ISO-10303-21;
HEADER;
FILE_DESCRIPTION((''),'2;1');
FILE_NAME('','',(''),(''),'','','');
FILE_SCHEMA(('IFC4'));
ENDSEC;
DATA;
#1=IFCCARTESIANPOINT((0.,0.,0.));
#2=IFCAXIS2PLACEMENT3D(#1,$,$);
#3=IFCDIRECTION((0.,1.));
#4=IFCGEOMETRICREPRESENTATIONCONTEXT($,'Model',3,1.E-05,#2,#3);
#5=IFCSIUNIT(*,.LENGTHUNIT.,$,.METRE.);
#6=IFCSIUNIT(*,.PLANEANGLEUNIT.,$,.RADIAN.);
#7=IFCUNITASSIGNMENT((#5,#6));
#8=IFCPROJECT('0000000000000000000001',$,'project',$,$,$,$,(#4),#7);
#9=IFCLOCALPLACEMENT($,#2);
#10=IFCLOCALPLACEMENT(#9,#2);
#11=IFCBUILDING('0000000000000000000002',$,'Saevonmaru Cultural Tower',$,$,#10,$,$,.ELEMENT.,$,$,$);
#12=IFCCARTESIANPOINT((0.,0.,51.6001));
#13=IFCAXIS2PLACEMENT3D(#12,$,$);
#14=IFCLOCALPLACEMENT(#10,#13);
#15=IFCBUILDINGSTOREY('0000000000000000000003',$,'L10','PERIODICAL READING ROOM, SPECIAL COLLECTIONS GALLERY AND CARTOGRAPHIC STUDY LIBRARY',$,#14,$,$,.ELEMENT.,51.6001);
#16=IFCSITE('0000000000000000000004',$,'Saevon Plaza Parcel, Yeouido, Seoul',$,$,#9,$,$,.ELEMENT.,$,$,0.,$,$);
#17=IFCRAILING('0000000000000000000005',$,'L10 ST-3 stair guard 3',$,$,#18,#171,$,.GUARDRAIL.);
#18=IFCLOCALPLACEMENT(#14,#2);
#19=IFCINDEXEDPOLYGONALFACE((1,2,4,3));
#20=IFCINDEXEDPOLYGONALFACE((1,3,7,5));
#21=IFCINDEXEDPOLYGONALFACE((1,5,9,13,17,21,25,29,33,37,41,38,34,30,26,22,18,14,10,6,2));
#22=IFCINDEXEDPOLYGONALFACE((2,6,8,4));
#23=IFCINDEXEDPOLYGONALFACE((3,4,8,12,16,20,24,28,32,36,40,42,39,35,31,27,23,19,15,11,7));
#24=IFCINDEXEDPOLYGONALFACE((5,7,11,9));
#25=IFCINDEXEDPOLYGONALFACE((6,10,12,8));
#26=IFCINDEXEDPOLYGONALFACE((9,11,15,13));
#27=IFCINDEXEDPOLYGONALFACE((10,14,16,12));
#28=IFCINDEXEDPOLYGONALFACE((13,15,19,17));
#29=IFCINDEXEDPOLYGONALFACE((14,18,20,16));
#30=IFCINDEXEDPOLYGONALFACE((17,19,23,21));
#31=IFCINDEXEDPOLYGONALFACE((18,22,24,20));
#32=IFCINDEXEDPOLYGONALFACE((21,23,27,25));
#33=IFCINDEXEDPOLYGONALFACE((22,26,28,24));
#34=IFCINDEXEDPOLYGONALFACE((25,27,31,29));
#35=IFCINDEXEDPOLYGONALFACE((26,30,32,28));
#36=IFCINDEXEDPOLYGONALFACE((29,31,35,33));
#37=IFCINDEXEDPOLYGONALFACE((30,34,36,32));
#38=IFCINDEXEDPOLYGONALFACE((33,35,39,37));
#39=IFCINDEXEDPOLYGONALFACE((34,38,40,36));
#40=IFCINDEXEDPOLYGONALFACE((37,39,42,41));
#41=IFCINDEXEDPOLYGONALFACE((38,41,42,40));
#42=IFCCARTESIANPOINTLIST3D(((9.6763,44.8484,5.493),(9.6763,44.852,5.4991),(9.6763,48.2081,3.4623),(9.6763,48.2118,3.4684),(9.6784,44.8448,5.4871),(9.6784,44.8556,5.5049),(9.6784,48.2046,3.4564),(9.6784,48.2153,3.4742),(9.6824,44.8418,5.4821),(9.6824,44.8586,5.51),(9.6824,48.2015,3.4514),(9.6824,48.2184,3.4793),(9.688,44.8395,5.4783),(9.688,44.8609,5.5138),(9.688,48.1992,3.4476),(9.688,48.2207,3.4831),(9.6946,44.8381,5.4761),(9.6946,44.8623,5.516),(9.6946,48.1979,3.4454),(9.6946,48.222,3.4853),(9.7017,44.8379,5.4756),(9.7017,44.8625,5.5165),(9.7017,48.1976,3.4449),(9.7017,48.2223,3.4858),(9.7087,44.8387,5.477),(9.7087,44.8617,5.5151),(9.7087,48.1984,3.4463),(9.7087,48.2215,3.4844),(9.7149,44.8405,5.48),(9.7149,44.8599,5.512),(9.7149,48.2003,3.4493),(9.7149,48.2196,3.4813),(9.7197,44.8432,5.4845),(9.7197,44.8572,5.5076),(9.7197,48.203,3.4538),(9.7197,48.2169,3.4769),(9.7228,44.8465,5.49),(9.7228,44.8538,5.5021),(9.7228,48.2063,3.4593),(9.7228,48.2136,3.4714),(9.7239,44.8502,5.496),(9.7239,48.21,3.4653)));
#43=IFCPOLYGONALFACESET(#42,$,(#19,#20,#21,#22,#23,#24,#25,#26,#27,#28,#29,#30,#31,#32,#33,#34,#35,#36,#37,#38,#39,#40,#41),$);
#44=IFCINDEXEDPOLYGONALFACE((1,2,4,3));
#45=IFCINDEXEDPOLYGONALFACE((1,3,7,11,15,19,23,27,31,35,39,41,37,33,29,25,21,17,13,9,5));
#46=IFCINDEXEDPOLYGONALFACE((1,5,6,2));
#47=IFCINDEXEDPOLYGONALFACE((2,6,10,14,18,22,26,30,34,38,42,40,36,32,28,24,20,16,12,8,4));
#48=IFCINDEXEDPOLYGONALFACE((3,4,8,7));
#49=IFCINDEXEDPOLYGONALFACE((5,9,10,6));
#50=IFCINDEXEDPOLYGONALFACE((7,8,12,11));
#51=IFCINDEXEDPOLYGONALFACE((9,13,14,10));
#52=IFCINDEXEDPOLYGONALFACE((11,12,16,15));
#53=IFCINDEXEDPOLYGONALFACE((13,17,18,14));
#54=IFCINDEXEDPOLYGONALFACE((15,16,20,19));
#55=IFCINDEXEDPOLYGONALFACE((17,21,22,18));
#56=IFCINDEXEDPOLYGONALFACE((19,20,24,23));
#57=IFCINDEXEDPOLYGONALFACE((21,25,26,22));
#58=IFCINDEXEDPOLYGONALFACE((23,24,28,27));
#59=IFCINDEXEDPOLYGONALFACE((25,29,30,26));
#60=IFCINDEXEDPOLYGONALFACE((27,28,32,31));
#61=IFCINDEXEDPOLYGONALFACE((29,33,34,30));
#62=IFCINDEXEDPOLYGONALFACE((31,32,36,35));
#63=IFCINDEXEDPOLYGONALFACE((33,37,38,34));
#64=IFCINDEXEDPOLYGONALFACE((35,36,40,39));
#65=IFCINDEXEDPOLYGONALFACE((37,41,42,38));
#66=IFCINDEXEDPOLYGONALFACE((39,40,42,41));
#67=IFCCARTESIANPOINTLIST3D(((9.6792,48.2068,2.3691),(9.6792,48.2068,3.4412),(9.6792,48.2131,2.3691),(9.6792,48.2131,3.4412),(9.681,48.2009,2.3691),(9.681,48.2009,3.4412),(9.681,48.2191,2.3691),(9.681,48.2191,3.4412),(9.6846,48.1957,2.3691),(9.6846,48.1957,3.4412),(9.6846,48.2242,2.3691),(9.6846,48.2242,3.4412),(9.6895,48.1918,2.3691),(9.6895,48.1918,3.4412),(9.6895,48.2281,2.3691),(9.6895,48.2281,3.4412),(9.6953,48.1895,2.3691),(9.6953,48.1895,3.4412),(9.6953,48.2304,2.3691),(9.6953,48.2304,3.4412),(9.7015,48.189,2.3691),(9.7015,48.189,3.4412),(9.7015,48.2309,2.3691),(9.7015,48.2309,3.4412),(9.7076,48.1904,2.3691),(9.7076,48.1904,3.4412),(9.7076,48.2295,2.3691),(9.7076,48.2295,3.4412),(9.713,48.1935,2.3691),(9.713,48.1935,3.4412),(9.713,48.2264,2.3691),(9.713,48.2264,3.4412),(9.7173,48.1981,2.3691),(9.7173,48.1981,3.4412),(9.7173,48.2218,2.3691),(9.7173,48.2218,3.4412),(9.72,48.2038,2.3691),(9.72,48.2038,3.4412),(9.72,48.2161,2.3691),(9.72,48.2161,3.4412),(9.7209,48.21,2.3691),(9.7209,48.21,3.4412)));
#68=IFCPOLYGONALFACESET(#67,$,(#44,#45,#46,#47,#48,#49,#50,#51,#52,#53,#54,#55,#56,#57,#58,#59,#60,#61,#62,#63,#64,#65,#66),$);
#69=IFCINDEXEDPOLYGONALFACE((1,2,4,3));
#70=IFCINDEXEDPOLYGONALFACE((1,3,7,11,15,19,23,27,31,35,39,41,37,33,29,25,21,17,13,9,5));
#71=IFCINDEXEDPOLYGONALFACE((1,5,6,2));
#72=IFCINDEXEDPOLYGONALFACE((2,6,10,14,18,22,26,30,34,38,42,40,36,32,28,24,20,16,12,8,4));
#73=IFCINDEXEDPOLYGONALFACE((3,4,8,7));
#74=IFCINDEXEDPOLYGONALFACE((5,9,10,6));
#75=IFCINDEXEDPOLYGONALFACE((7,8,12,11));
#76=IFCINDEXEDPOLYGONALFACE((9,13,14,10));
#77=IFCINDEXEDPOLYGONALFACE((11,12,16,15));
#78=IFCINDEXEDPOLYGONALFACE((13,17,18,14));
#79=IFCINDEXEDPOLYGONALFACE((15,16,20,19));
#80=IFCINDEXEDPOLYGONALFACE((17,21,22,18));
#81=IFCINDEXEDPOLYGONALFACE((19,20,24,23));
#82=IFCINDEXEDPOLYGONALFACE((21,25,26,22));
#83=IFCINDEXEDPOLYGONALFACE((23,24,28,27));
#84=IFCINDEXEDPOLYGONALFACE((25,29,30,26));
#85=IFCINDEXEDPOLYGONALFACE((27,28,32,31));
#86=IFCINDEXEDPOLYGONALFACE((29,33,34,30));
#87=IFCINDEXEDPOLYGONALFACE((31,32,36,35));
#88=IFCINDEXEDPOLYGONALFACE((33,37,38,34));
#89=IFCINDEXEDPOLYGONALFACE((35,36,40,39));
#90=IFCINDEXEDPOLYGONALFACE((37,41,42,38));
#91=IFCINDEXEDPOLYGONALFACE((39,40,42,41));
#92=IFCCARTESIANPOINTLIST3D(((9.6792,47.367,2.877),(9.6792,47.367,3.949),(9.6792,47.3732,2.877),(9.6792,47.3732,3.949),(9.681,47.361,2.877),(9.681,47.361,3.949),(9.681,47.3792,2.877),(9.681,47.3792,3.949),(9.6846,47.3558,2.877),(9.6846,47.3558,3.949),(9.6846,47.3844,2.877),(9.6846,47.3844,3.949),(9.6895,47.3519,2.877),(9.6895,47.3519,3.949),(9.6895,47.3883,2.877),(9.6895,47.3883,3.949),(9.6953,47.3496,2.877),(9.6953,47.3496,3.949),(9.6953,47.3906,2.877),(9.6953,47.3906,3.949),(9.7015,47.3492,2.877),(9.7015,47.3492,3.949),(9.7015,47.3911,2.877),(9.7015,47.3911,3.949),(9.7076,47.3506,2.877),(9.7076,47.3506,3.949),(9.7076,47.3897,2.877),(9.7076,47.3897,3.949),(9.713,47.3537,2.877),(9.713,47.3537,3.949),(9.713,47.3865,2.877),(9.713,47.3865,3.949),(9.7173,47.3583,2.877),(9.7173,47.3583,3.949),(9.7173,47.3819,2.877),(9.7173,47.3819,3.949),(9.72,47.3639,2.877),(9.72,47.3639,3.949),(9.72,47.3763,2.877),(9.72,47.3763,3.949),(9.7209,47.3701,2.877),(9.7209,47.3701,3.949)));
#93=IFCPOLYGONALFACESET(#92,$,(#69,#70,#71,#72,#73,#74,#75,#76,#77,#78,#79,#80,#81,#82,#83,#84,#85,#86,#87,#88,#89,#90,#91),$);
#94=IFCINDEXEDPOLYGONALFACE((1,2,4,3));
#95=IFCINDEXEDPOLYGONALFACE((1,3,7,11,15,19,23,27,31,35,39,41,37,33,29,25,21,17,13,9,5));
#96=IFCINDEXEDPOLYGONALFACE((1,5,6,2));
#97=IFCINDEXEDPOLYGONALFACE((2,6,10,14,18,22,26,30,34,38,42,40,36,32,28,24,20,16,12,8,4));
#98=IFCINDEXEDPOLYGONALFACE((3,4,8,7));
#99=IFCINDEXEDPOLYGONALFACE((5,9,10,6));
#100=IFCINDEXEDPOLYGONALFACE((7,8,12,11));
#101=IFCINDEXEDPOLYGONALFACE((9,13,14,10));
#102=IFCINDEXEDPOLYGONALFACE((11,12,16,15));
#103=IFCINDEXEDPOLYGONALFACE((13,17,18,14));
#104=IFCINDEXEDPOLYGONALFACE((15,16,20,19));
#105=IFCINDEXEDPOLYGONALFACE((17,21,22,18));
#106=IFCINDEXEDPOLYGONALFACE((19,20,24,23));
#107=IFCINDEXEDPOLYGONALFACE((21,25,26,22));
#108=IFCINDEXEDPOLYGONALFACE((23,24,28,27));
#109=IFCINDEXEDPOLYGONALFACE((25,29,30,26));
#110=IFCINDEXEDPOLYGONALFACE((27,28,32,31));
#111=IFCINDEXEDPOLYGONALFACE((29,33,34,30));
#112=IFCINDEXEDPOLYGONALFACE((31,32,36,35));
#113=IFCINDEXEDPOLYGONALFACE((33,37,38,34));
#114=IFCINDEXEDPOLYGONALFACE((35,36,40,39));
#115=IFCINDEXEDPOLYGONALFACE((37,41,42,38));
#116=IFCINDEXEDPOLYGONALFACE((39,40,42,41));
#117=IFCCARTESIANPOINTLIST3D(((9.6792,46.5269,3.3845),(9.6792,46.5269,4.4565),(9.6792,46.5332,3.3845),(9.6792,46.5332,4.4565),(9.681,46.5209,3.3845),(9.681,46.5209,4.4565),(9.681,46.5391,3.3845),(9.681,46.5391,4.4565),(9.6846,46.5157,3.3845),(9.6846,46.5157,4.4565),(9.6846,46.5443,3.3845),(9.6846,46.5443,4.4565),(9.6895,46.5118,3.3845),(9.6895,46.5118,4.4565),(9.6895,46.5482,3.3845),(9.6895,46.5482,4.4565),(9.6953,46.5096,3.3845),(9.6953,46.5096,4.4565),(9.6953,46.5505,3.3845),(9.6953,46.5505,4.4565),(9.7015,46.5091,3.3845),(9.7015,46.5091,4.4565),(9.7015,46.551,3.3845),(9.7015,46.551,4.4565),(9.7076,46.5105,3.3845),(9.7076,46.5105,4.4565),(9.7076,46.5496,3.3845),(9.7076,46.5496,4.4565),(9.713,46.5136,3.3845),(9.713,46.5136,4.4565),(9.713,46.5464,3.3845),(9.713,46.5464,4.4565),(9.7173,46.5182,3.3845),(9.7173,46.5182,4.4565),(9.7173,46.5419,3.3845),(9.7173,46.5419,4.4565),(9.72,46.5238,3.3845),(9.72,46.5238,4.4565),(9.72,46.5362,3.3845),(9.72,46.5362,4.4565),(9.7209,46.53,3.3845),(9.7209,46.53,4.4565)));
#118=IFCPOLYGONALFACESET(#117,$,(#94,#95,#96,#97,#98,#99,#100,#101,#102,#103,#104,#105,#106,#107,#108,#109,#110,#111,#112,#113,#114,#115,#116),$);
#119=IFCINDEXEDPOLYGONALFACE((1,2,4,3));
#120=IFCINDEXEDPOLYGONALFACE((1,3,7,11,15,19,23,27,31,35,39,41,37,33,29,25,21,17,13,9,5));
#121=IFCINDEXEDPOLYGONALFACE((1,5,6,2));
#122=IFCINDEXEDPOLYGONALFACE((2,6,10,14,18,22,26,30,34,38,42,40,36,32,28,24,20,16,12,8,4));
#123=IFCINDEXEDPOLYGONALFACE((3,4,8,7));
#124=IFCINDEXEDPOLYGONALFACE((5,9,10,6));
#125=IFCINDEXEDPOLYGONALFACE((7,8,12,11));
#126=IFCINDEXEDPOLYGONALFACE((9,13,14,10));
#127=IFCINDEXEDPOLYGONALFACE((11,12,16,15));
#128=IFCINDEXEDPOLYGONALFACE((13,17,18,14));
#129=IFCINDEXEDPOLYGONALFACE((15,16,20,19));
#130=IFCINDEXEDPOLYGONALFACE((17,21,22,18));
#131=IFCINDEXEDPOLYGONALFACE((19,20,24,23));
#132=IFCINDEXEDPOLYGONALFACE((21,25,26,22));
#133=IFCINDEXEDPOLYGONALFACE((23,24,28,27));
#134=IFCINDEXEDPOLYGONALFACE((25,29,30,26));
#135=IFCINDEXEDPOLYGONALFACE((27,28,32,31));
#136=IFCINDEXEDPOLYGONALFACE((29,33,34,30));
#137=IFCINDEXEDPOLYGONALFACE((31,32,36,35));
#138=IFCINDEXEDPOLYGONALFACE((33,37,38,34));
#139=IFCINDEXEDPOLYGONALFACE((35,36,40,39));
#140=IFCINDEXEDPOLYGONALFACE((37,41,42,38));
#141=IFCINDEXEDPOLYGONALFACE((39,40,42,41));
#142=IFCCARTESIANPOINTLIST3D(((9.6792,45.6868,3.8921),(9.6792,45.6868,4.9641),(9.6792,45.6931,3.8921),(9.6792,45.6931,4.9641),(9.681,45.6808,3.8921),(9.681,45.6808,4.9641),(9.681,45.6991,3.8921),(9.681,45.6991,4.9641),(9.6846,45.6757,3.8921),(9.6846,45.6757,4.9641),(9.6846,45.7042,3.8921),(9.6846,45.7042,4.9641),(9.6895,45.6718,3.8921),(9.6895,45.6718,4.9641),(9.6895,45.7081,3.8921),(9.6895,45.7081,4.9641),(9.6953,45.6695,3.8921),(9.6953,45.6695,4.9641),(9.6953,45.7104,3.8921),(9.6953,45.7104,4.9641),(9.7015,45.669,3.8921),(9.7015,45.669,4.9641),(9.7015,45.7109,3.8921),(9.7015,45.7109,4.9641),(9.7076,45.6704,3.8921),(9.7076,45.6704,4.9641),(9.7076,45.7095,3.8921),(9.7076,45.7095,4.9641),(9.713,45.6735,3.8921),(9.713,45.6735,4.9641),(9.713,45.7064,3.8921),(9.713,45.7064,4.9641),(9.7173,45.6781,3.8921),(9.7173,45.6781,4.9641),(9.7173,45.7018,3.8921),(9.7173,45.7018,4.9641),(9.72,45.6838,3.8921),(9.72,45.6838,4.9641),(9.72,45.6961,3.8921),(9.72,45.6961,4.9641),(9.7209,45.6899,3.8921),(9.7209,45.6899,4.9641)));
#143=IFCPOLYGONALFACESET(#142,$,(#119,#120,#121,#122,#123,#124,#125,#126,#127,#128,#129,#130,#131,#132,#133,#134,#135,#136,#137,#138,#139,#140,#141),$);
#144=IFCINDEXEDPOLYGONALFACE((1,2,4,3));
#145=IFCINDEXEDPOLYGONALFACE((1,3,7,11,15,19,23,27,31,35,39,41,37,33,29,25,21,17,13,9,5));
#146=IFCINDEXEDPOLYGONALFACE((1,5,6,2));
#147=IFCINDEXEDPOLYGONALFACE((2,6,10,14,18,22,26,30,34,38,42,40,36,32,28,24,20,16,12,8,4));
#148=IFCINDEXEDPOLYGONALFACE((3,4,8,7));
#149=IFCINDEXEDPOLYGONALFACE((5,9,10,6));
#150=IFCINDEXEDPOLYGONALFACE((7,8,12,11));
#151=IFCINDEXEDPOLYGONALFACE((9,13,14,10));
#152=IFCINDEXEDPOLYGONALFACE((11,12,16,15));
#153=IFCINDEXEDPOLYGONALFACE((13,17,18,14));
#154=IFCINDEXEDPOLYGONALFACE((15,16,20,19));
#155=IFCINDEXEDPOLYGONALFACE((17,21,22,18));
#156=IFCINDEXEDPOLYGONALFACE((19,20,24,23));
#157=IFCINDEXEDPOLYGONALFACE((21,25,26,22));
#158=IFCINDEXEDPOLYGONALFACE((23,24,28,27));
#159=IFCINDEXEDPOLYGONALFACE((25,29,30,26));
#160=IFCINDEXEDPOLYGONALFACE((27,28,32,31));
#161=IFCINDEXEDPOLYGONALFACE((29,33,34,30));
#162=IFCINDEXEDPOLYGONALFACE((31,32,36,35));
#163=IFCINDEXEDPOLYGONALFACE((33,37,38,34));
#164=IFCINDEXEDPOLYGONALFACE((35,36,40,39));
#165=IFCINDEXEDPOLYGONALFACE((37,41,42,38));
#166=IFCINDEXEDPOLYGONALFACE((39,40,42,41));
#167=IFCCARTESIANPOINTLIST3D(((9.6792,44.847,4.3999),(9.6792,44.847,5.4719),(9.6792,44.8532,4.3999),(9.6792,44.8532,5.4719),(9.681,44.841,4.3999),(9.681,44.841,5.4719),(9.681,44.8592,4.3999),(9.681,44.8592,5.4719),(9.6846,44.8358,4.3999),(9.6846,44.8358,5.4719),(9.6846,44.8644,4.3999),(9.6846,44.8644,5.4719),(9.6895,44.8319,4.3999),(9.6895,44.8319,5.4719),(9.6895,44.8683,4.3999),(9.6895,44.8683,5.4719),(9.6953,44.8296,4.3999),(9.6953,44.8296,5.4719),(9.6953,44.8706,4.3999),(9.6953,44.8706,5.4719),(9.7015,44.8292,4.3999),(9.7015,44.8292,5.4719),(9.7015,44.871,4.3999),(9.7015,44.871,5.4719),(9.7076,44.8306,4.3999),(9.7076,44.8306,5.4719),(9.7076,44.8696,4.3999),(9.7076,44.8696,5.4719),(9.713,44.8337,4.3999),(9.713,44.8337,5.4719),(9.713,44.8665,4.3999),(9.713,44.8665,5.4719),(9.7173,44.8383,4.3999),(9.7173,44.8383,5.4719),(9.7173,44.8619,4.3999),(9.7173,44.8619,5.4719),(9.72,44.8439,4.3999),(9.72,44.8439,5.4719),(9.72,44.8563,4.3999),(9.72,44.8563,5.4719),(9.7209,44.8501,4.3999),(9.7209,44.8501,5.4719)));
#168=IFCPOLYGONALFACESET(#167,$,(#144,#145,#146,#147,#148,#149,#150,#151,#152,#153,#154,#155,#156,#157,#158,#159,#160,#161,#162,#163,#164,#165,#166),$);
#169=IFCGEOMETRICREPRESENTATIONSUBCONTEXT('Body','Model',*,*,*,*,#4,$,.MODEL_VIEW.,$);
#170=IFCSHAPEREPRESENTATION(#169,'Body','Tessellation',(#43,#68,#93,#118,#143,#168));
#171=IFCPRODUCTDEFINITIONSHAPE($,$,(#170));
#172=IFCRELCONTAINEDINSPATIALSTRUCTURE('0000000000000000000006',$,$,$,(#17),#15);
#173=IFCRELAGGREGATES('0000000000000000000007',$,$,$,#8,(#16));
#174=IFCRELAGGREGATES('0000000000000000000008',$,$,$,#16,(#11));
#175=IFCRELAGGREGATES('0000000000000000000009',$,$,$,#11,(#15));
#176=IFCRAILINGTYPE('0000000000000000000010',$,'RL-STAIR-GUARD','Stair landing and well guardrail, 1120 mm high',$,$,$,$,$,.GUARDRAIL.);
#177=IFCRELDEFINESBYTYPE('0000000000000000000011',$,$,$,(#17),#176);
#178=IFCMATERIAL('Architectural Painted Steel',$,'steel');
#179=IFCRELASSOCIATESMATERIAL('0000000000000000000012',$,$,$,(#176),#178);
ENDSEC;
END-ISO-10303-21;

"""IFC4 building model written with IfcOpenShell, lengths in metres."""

from ifc_helpers import new_model, si_unit, direction, frame, origin, origin_2d, place, context, subcontext, project, spatial, circle, extrude, material, type_object, element, save


model = new_model("IFC4")

# Units and contexts
model_context = context("Model", 3, precision=1e-05, world=origin(), true_north=direction((0.0, 1.0)))
body_context = subcontext(model_context, "Body", "Model", "MODEL_VIEW")
ifc_project = project(units=[si_unit("LENGTHUNIT", "METRE"), si_unit("PLANEANGLEUNIT", "RADIAN")], contexts=[model_context])

# Site, building, storey
site_placement = place(None, origin())
site = spatial("IfcSite", under=ifc_project, at=site_placement, Name="Saevon Plaza Parcel, Yeouido, Seoul", CompositionType="ELEMENT", RefElevation=0.0)
building_placement = place(site_placement, origin())
building = spatial("IfcBuilding", under=site, at=building_placement, Name="Saevonmaru Cultural Tower", CompositionType="ELEMENT")
storey_placement = place(building_placement, frame((0.0, 0.0, 51.6001)))
storey = spatial("IfcBuildingStorey", under=building, at=storey_placement, Name="L10", Description="PERIODICAL READING ROOM, SPECIAL COLLECTIONS GALLERY AND CARTOGRAPHIC STUDY LIBRARY", CompositionType="ELEMENT", Elevation=51.6001)

# Railing
ifc_material_1 = material(Name="Architectural Painted Steel", Category="steel")
railing_type_1 = type_object("IfcRailingType", Name="RL-STAIR-GUARD", Description="Stair landing and well guardrail, 1120 mm high", PredefinedType="GUARDRAIL", material=ifc_material_1)
railing_1_placement = place(storey_placement, frame((9.7, 48.21, 2.3691)))
element("IfcRailing", 1, at=railing_1_placement, inside=storey, type_object=railing_type_1, Name="L10 ST-3 stair guard 3", PredefinedType="GUARDRAIL", context=body_context, shape_type="SweptSolid", body=[
    extrude(circle(Radius=0.0239, at=origin_2d()), frame((0.0, 0.0, 1.0962), z_axis=(0.0, -0.85582, 0.517273), x_axis=(1.0, 0.0, 0.0)), (0.0, 0.0, 1.0), 3.9258),
    extrude(circle(Radius=0.021, at=origin_2d()), origin(), (0.0, 0.0, 1.0), 1.072),
    extrude(circle(Radius=0.021, at=origin_2d()), frame((0.0, -0.8398, 0.5078)), (0.0, 0.0, 1.0), 1.072),
    extrude(circle(Radius=0.021, at=origin_2d()), frame((0.0, -1.6799, 1.0154)), (0.0, 0.0, 1.0), 1.072),
    extrude(circle(Radius=0.021, at=origin_2d()), frame((0.0, -2.52, 1.5229)), (0.0, 0.0, 1.0), 1.072),
    extrude(circle(Radius=0.021, at=origin_2d()), frame((0.0, -3.3599, 2.0308)), (0.0, 0.0, 1.0), 1.072),
])

save(model, "model.ifc")
